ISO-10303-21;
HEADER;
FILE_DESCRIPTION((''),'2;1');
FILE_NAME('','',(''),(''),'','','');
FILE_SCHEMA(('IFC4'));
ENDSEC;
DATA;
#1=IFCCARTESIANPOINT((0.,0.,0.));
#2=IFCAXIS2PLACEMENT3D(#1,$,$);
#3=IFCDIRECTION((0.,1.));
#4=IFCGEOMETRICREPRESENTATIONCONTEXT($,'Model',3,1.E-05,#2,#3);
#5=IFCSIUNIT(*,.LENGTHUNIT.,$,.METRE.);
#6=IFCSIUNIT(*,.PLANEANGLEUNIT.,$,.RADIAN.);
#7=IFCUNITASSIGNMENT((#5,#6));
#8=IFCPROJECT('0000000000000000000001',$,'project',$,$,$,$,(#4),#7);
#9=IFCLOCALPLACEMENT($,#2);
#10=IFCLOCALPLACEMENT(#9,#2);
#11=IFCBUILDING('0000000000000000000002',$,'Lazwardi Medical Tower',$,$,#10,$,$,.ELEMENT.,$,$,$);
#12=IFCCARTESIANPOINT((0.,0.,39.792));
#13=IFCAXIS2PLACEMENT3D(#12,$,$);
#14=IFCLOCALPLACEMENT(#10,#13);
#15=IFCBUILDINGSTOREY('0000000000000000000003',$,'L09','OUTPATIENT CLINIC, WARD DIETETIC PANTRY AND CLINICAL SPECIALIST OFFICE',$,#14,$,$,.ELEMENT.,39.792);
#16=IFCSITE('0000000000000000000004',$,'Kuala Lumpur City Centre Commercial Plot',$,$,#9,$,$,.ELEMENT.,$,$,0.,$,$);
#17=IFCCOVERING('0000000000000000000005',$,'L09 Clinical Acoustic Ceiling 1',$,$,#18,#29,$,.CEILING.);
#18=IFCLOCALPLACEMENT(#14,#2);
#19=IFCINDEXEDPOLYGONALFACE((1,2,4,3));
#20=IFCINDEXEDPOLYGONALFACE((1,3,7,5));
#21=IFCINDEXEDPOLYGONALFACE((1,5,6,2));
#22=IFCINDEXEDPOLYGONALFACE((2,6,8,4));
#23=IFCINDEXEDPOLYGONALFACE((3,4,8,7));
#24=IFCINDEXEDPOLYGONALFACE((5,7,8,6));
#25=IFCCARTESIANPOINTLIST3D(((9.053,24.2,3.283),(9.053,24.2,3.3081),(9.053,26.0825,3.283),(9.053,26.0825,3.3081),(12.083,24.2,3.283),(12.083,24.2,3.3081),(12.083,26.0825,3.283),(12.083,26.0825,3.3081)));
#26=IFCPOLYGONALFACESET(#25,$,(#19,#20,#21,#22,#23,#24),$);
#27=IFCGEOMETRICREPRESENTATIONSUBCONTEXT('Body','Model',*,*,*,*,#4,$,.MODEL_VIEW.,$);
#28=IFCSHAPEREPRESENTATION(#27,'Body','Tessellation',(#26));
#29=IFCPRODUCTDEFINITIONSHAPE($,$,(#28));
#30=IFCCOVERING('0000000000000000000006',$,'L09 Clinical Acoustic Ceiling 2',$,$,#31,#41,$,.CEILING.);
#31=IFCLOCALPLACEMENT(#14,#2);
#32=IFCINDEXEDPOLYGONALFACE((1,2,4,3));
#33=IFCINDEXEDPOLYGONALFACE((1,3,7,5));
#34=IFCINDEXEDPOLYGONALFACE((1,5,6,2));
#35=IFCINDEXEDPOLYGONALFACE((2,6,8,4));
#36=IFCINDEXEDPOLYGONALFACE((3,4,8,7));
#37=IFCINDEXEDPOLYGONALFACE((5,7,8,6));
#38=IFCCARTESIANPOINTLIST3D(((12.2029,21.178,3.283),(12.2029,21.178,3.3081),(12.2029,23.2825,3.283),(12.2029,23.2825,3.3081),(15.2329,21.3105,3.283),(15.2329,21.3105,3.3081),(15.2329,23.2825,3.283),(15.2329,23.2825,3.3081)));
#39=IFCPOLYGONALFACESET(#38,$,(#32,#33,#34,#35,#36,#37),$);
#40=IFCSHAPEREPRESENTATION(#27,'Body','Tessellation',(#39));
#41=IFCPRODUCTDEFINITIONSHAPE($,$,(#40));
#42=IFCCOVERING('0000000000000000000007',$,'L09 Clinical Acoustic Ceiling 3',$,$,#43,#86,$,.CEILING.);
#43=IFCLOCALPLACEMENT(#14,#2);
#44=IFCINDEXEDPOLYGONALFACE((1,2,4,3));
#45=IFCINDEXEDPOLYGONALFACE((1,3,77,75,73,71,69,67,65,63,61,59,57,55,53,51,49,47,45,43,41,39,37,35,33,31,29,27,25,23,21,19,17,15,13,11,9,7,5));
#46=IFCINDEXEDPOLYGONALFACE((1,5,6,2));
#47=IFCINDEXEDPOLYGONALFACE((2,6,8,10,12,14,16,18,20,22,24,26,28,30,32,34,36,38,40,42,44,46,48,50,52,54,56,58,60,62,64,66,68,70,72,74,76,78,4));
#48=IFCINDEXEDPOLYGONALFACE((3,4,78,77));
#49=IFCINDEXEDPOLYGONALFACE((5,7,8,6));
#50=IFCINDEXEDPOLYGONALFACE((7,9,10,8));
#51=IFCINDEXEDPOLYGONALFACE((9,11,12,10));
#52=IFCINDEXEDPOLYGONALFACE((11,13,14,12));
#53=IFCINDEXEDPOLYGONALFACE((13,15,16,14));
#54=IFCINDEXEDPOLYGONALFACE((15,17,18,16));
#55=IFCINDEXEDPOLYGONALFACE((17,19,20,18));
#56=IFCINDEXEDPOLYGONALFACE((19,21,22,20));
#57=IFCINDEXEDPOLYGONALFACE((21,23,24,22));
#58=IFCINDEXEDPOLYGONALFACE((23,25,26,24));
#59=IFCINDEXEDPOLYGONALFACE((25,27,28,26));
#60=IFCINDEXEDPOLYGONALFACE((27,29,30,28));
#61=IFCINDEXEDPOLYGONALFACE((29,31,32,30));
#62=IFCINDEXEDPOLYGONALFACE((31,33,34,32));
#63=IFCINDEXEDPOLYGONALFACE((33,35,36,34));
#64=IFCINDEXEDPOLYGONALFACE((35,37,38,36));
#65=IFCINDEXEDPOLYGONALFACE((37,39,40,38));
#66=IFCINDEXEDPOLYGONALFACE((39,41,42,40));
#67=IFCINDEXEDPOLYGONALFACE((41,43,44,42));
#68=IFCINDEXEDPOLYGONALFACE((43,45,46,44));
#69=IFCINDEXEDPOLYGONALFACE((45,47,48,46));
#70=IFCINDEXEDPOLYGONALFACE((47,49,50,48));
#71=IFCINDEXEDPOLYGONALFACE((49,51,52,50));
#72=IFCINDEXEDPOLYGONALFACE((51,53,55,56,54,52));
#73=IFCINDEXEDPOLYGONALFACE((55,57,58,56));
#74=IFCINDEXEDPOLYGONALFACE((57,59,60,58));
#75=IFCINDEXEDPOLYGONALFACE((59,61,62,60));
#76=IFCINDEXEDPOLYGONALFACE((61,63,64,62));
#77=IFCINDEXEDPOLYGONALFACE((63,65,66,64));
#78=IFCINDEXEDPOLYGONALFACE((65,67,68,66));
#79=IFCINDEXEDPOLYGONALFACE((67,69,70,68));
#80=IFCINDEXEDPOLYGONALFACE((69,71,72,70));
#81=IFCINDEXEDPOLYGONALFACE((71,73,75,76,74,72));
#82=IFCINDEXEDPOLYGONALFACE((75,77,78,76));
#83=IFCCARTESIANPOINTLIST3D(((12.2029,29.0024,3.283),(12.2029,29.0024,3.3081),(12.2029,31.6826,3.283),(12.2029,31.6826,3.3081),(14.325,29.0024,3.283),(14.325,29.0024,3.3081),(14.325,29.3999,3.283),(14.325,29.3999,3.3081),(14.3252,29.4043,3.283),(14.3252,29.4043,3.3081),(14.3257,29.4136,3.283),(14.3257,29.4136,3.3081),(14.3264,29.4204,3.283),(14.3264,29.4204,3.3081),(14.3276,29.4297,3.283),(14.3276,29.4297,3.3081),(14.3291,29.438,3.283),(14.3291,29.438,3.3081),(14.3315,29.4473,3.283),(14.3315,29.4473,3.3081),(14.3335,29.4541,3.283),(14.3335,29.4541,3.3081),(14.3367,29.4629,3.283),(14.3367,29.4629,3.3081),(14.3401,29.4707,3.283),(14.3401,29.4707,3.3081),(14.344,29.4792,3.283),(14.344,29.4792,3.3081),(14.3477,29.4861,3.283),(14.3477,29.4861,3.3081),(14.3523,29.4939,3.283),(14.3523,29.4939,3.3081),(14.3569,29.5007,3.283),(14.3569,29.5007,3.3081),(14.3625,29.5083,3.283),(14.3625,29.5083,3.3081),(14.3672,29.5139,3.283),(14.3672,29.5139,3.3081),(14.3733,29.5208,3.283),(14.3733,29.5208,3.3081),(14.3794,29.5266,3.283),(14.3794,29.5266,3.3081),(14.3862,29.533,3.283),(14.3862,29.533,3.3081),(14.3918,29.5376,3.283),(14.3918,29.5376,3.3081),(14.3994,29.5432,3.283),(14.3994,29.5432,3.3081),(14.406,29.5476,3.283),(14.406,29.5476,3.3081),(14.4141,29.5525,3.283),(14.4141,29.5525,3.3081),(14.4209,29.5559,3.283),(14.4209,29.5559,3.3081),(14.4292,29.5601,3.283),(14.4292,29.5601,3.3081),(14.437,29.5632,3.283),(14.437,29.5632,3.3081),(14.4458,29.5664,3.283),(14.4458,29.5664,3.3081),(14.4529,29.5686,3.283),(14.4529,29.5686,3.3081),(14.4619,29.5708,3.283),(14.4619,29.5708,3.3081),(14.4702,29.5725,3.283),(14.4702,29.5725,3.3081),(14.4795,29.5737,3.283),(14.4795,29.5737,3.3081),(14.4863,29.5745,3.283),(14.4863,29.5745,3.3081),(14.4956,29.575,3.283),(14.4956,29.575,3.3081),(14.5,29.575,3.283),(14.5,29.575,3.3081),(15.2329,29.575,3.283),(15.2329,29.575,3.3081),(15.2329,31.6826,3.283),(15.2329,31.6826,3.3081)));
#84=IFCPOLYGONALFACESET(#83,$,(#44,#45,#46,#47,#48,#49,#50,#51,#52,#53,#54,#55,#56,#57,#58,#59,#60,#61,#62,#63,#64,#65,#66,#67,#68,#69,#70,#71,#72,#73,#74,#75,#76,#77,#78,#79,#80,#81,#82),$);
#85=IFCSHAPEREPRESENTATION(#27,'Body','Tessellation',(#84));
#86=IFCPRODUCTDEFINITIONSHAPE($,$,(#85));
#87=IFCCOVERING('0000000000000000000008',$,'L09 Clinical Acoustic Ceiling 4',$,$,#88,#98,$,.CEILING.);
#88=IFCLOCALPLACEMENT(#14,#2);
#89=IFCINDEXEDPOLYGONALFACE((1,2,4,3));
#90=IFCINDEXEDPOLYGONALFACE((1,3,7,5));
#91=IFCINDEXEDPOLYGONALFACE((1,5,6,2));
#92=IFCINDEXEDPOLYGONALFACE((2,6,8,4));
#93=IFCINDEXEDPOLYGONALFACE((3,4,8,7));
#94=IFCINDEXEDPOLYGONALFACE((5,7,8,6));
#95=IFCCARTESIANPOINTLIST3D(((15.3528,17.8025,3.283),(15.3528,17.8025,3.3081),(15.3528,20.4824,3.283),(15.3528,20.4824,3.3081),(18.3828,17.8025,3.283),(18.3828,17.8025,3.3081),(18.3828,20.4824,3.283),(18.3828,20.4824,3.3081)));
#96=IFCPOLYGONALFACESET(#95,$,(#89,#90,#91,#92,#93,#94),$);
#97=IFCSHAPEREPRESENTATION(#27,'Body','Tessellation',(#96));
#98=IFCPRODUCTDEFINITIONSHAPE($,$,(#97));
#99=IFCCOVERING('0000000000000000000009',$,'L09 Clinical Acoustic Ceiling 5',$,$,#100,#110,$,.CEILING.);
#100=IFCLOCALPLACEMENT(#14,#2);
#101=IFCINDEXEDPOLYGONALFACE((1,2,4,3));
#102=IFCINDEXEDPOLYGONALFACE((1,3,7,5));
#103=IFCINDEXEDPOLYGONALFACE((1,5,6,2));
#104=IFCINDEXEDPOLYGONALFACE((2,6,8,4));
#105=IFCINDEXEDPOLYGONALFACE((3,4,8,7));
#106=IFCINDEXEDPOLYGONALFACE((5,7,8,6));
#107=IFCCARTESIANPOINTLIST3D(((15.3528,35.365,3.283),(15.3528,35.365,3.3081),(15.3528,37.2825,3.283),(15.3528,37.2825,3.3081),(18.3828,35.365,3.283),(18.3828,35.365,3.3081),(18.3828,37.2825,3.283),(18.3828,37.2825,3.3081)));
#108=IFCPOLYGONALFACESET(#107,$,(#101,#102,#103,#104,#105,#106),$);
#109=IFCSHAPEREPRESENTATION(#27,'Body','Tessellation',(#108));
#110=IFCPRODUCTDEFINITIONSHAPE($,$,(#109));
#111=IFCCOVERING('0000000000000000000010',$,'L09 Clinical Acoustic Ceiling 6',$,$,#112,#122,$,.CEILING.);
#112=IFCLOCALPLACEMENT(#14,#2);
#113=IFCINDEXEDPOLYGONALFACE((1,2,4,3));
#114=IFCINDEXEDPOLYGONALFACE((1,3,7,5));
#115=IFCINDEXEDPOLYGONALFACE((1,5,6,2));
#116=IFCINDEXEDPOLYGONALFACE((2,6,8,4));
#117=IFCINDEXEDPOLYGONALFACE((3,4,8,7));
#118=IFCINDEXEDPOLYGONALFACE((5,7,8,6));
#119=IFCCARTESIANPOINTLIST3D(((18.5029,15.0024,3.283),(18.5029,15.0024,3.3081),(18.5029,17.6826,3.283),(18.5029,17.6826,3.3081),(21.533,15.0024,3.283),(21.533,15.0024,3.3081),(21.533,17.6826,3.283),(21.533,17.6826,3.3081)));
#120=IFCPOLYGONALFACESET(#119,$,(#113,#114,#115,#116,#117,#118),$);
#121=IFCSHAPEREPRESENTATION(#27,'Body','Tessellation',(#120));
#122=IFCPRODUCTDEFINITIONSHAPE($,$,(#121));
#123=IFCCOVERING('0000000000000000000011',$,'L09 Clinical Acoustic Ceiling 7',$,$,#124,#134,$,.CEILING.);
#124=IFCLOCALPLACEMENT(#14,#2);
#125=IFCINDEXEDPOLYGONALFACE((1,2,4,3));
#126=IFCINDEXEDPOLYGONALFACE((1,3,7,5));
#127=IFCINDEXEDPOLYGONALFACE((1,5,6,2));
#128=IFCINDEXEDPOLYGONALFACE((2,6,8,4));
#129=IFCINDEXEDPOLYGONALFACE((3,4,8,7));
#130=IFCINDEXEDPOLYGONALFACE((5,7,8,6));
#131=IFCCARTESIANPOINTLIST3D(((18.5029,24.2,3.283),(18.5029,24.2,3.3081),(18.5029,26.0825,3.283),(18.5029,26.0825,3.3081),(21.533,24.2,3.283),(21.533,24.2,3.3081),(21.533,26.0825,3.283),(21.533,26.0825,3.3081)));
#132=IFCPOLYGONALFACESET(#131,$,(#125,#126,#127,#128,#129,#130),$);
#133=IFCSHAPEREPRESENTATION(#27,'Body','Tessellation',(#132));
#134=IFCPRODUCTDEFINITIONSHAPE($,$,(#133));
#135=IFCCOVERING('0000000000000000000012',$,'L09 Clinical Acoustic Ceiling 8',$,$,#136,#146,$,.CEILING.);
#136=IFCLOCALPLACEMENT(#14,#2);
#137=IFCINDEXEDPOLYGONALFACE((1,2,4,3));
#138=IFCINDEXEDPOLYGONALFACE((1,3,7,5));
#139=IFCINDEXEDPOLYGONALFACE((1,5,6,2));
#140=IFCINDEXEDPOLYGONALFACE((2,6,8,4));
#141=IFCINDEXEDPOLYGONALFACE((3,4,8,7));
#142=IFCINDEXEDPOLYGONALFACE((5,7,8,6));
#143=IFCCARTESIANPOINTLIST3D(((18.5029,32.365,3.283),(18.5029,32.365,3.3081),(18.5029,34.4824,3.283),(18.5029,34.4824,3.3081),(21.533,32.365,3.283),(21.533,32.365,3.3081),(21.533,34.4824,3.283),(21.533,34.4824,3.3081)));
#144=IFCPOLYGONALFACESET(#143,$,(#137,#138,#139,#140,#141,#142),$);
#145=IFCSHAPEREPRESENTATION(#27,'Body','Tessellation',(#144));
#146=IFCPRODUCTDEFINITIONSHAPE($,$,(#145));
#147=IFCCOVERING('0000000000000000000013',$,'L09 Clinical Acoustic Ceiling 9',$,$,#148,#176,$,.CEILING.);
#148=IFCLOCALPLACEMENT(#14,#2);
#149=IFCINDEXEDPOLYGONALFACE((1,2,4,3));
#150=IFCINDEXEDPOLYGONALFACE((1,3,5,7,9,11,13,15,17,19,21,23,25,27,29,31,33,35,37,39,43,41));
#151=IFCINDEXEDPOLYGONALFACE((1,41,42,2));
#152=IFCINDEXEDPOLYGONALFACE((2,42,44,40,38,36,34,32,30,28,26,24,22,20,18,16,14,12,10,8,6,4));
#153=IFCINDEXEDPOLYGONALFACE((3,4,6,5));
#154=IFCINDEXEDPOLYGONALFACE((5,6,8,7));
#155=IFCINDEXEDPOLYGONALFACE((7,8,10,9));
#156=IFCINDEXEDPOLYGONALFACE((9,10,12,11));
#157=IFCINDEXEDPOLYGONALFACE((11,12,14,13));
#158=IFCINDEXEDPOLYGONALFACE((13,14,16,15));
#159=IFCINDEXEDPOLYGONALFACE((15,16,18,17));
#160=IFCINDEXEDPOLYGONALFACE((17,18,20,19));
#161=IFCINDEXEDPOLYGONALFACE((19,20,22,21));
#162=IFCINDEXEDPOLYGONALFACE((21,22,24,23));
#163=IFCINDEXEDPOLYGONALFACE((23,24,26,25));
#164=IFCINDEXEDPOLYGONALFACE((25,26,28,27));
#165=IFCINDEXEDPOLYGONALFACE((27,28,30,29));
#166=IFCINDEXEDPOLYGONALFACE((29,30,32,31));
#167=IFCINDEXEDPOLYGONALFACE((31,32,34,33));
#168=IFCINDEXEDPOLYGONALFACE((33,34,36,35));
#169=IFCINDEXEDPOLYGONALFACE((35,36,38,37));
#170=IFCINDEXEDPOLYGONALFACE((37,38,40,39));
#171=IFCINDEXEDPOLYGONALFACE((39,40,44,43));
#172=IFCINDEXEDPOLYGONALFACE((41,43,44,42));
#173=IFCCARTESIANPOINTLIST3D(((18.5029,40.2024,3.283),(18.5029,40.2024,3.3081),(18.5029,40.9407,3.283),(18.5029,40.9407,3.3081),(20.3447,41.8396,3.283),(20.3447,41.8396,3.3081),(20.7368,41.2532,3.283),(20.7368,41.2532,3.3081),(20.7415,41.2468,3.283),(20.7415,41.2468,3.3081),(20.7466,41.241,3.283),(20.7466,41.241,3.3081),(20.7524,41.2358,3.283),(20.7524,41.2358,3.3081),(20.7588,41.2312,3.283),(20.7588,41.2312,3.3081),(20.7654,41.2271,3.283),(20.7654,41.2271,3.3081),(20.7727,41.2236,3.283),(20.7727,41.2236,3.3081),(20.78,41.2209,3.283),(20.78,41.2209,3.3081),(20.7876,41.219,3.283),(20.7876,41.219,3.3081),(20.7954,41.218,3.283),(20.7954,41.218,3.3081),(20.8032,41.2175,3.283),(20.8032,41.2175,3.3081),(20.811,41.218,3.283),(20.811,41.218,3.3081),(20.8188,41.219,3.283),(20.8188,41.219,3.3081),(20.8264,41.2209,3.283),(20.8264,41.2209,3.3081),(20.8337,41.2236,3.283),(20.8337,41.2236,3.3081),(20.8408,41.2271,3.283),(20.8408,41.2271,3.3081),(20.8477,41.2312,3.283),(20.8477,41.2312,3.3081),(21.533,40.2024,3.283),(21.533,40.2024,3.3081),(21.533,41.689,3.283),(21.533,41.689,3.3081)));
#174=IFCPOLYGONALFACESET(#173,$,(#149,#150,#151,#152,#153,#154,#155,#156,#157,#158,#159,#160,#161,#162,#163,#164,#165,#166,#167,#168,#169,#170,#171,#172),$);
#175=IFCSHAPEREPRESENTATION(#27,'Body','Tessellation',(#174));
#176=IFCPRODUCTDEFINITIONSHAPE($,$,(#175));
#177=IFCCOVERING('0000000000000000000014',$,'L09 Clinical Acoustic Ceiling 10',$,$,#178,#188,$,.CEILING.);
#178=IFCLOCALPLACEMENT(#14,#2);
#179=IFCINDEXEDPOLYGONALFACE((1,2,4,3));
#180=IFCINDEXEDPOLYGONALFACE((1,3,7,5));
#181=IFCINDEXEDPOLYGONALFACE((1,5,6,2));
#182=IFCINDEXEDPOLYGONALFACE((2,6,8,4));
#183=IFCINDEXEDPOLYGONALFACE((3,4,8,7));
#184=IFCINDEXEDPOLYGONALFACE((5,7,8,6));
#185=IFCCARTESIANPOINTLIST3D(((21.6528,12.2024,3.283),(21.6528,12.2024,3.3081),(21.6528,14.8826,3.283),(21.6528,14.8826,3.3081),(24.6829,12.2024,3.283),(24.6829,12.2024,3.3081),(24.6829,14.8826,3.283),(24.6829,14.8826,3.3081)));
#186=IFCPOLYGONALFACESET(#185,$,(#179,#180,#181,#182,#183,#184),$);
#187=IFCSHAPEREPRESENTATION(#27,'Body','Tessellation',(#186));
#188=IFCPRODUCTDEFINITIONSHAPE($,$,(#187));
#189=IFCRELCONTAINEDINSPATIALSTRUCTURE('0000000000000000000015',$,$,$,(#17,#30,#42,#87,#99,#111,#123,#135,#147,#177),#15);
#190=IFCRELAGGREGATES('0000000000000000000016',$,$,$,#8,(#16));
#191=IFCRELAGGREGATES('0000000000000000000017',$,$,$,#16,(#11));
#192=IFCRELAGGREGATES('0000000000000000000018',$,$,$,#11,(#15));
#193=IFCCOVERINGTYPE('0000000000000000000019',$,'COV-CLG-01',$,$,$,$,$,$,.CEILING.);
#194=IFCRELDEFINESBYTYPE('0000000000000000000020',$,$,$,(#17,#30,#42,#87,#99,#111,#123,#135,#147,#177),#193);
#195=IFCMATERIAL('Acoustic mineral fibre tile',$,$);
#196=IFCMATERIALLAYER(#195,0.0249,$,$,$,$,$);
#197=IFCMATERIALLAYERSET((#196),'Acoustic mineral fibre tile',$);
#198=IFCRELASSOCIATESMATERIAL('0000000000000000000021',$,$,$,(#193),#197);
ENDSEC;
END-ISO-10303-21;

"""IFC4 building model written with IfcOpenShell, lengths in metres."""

from ifc_helpers import new_model, si_unit, direction, frame, origin, place, context, subcontext, project, spatial, polyline, outline, extrude, material, layer, layer_set, type_object, element, save


model = new_model("IFC4")

# Units and contexts
model_context = context("Model", 3, precision=1e-05, world=origin(), true_north=direction((0.0, 1.0)))
body_context = subcontext(model_context, "Body", "Model", "MODEL_VIEW")
ifc_project = project(units=[si_unit("LENGTHUNIT", "METRE"), si_unit("PLANEANGLEUNIT", "RADIAN")], contexts=[model_context])

# Site, building, storey
site_placement = place(None, origin())
site = spatial("IfcSite", under=ifc_project, at=site_placement, Name="Kuala Lumpur City Centre Commercial Plot", CompositionType="ELEMENT", RefElevation=0.0)
building_placement = place(site_placement, origin())
building = spatial("IfcBuilding", under=site, at=building_placement, Name="Lazwardi Medical Tower", CompositionType="ELEMENT")
storey_placement = place(building_placement, frame((0.0, 0.0, 39.792)))
storey = spatial("IfcBuildingStorey", under=building, at=storey_placement, Name="L09", Description="OUTPATIENT CLINIC, WARD DIETETIC PANTRY AND CLINICAL SPECIALIST OFFICE", CompositionType="ELEMENT", Elevation=39.792)

# Coverings
ifc_material_1 = material(Name="Acoustic mineral fibre tile")
ifc_layer_1 = layer(ifc_material_1, 0.0249)
ifc_layer_set_1 = layer_set([ifc_layer_1], Name="Acoustic mineral fibre tile")
covering_type_1 = type_object("IfcCoveringType", Name="COV-CLG-01", PredefinedType="CEILING", material=ifc_layer_set_1)
covering_1_placement = place(storey_placement, frame((0.0, 0.0, 3.283)))
element("IfcCovering", 1, at=covering_1_placement, inside=storey, type_object=covering_type_1, Name="L09 Clinical Acoustic Ceiling 1", PredefinedType="CEILING", context=body_context, shape_type="SweptSolid", body=[
    extrude(outline(polyline([(9.053, 24.2), (12.083, 24.2), (12.083, 26.0825), (9.053, 26.0825), (9.053, 24.2)])), origin(), (0.0, 0.0, 1.0), 0.0251),
])
covering_2_placement = place(storey_placement, frame((0.0, 0.0, 3.283)))
element("IfcCovering", 2, at=covering_2_placement, inside=storey, type_object=covering_type_1, Name="L09 Clinical Acoustic Ceiling 2", PredefinedType="CEILING", context=body_context, shape_type="SweptSolid", body=[
    extrude(outline(polyline([(12.2029, 21.178), (15.2329, 21.3105), (15.2329, 23.2825), (12.2029, 23.2825), (12.2029, 21.178)])), origin(), (0.0, 0.0, 1.0), 0.0251),
])
covering_3_placement = place(storey_placement, frame((0.0, 0.0, 3.283)))
element("IfcCovering", 3, at=covering_3_placement, inside=storey, type_object=covering_type_1, Name="L09 Clinical Acoustic Ceiling 3", PredefinedType="CEILING", context=body_context, shape_type="SweptSolid", body=[
    extrude(outline(polyline([(14.325, 29.0024), (14.325, 29.3999), (14.3252, 29.4043), (14.3257, 29.4136), (14.3264, 29.4204), (14.3276, 29.4297), (14.3291, 29.438), (14.3315, 29.4473), (14.3335, 29.4541), (14.3367, 29.4629), (14.3401, 29.4707), (14.344, 29.4792), (14.3477, 29.4861), (14.3523, 29.4939), (14.3569, 29.5007), (14.3625, 29.5083), (14.3672, 29.5139), (14.3733, 29.5208), (14.3794, 29.5266), (14.3862, 29.533), (14.3918, 29.5376), (14.3994, 29.5432), (14.406, 29.5476), (14.4141, 29.5525), (14.4209, 29.5559), (14.4292, 29.5601), (14.437, 29.5632), (14.4458, 29.5664), (14.4529, 29.5686), (14.4619, 29.5708), (14.4702, 29.5725), (14.4795, 29.5737), (14.4863, 29.5745), (14.4956, 29.575), (14.5, 29.575), (15.2329, 29.575), (15.2329, 31.6826), (12.2029, 31.6826), (12.2029, 29.0024), (14.325, 29.0024)])), origin(), (0.0, 0.0, 1.0), 0.0251),
])
covering_4_placement = place(storey_placement, frame((0.0, 0.0, 3.283)))
element("IfcCovering", 4, at=covering_4_placement, inside=storey, type_object=covering_type_1, Name="L09 Clinical Acoustic Ceiling 4", PredefinedType="CEILING", context=body_context, shape_type="SweptSolid", body=[
    extrude(outline(polyline([(18.3828, 17.8025), (18.3828, 20.4824), (15.3528, 20.4824), (15.3528, 17.8025), (18.3828, 17.8025)])), origin(), (0.0, 0.0, 1.0), 0.0251),
])
covering_5_placement = place(storey_placement, frame((0.0, 0.0, 3.283)))
element("IfcCovering", 5, at=covering_5_placement, inside=storey, type_object=covering_type_1, Name="L09 Clinical Acoustic Ceiling 5", PredefinedType="CEILING", context=body_context, shape_type="SweptSolid", body=[
    extrude(outline(polyline([(15.3528, 35.365), (18.3828, 35.365), (18.3828, 37.2825), (15.3528, 37.2825), (15.3528, 35.365)])), origin(), (0.0, 0.0, 1.0), 0.0251),
])
covering_6_placement = place(storey_placement, frame((0.0, 0.0, 3.283)))
element("IfcCovering", 6, at=covering_6_placement, inside=storey, type_object=covering_type_1, Name="L09 Clinical Acoustic Ceiling 6", PredefinedType="CEILING", context=body_context, shape_type="SweptSolid", body=[
    extrude(outline(polyline([(21.533, 15.0024), (21.533, 17.6826), (18.5029, 17.6826), (18.5029, 15.0024), (21.533, 15.0024)])), origin(), (0.0, 0.0, 1.0), 0.0251),
])
covering_7_placement = place(storey_placement, frame((0.0, 0.0, 3.283)))
element("IfcCovering", 7, at=covering_7_placement, inside=storey, type_object=covering_type_1, Name="L09 Clinical Acoustic Ceiling 7", PredefinedType="CEILING", context=body_context, shape_type="SweptSolid", body=[
    extrude(outline(polyline([(18.5029, 24.2), (21.533, 24.2), (21.533, 26.0825), (18.5029, 26.0825), (18.5029, 24.2)])), origin(), (0.0, 0.0, 1.0), 0.0251),
])
covering_8_placement = place(storey_placement, frame((0.0, 0.0, 3.283)))
element("IfcCovering", 8, at=covering_8_placement, inside=storey, type_object=covering_type_1, Name="L09 Clinical Acoustic Ceiling 8", PredefinedType="CEILING", context=body_context, shape_type="SweptSolid", body=[
    extrude(outline(polyline([(18.5029, 32.365), (21.533, 32.365), (21.533, 34.4824), (18.5029, 34.4824), (18.5029, 32.365)])), origin(), (0.0, 0.0, 1.0), 0.0251),
])
covering_9_placement = place(storey_placement, frame((0.0, 0.0, 3.283)))
element("IfcCovering", 9, at=covering_9_placement, inside=storey, type_object=covering_type_1, Name="L09 Clinical Acoustic Ceiling 9", PredefinedType="CEILING", context=body_context, shape_type="SweptSolid", body=[
    extrude(outline(polyline([(21.533, 41.689), (20.8477, 41.2312), (20.8408, 41.2271), (20.8337, 41.2236), (20.8264, 41.2209), (20.8188, 41.219), (20.811, 41.218), (20.8032, 41.2175), (20.7954, 41.218), (20.7876, 41.219), (20.78, 41.2209), (20.7727, 41.2236), (20.7654, 41.2271), (20.7588, 41.2312), (20.7524, 41.2358), (20.7466, 41.241), (20.7415, 41.2468), (20.7368, 41.2532), (20.3447, 41.8396), (18.5029, 40.9407), (18.5029, 40.2024), (21.533, 40.2024), (21.533, 41.689)])), origin(), (0.0, 0.0, 1.0), 0.0251),
])
covering_10_placement = place(storey_placement, frame((0.0, 0.0, 3.283)))
element("IfcCovering", 10, at=covering_10_placement, inside=storey, type_object=covering_type_1, Name="L09 Clinical Acoustic Ceiling 10", PredefinedType="CEILING", context=body_context, shape_type="SweptSolid", body=[
    extrude(outline(polyline([(24.6829, 12.2024), (24.6829, 14.8826), (21.6528, 14.8826), (21.6528, 12.2024), (24.6829, 12.2024)])), origin(), (0.0, 0.0, 1.0), 0.0251),
])

save(model, "model.ifc")
